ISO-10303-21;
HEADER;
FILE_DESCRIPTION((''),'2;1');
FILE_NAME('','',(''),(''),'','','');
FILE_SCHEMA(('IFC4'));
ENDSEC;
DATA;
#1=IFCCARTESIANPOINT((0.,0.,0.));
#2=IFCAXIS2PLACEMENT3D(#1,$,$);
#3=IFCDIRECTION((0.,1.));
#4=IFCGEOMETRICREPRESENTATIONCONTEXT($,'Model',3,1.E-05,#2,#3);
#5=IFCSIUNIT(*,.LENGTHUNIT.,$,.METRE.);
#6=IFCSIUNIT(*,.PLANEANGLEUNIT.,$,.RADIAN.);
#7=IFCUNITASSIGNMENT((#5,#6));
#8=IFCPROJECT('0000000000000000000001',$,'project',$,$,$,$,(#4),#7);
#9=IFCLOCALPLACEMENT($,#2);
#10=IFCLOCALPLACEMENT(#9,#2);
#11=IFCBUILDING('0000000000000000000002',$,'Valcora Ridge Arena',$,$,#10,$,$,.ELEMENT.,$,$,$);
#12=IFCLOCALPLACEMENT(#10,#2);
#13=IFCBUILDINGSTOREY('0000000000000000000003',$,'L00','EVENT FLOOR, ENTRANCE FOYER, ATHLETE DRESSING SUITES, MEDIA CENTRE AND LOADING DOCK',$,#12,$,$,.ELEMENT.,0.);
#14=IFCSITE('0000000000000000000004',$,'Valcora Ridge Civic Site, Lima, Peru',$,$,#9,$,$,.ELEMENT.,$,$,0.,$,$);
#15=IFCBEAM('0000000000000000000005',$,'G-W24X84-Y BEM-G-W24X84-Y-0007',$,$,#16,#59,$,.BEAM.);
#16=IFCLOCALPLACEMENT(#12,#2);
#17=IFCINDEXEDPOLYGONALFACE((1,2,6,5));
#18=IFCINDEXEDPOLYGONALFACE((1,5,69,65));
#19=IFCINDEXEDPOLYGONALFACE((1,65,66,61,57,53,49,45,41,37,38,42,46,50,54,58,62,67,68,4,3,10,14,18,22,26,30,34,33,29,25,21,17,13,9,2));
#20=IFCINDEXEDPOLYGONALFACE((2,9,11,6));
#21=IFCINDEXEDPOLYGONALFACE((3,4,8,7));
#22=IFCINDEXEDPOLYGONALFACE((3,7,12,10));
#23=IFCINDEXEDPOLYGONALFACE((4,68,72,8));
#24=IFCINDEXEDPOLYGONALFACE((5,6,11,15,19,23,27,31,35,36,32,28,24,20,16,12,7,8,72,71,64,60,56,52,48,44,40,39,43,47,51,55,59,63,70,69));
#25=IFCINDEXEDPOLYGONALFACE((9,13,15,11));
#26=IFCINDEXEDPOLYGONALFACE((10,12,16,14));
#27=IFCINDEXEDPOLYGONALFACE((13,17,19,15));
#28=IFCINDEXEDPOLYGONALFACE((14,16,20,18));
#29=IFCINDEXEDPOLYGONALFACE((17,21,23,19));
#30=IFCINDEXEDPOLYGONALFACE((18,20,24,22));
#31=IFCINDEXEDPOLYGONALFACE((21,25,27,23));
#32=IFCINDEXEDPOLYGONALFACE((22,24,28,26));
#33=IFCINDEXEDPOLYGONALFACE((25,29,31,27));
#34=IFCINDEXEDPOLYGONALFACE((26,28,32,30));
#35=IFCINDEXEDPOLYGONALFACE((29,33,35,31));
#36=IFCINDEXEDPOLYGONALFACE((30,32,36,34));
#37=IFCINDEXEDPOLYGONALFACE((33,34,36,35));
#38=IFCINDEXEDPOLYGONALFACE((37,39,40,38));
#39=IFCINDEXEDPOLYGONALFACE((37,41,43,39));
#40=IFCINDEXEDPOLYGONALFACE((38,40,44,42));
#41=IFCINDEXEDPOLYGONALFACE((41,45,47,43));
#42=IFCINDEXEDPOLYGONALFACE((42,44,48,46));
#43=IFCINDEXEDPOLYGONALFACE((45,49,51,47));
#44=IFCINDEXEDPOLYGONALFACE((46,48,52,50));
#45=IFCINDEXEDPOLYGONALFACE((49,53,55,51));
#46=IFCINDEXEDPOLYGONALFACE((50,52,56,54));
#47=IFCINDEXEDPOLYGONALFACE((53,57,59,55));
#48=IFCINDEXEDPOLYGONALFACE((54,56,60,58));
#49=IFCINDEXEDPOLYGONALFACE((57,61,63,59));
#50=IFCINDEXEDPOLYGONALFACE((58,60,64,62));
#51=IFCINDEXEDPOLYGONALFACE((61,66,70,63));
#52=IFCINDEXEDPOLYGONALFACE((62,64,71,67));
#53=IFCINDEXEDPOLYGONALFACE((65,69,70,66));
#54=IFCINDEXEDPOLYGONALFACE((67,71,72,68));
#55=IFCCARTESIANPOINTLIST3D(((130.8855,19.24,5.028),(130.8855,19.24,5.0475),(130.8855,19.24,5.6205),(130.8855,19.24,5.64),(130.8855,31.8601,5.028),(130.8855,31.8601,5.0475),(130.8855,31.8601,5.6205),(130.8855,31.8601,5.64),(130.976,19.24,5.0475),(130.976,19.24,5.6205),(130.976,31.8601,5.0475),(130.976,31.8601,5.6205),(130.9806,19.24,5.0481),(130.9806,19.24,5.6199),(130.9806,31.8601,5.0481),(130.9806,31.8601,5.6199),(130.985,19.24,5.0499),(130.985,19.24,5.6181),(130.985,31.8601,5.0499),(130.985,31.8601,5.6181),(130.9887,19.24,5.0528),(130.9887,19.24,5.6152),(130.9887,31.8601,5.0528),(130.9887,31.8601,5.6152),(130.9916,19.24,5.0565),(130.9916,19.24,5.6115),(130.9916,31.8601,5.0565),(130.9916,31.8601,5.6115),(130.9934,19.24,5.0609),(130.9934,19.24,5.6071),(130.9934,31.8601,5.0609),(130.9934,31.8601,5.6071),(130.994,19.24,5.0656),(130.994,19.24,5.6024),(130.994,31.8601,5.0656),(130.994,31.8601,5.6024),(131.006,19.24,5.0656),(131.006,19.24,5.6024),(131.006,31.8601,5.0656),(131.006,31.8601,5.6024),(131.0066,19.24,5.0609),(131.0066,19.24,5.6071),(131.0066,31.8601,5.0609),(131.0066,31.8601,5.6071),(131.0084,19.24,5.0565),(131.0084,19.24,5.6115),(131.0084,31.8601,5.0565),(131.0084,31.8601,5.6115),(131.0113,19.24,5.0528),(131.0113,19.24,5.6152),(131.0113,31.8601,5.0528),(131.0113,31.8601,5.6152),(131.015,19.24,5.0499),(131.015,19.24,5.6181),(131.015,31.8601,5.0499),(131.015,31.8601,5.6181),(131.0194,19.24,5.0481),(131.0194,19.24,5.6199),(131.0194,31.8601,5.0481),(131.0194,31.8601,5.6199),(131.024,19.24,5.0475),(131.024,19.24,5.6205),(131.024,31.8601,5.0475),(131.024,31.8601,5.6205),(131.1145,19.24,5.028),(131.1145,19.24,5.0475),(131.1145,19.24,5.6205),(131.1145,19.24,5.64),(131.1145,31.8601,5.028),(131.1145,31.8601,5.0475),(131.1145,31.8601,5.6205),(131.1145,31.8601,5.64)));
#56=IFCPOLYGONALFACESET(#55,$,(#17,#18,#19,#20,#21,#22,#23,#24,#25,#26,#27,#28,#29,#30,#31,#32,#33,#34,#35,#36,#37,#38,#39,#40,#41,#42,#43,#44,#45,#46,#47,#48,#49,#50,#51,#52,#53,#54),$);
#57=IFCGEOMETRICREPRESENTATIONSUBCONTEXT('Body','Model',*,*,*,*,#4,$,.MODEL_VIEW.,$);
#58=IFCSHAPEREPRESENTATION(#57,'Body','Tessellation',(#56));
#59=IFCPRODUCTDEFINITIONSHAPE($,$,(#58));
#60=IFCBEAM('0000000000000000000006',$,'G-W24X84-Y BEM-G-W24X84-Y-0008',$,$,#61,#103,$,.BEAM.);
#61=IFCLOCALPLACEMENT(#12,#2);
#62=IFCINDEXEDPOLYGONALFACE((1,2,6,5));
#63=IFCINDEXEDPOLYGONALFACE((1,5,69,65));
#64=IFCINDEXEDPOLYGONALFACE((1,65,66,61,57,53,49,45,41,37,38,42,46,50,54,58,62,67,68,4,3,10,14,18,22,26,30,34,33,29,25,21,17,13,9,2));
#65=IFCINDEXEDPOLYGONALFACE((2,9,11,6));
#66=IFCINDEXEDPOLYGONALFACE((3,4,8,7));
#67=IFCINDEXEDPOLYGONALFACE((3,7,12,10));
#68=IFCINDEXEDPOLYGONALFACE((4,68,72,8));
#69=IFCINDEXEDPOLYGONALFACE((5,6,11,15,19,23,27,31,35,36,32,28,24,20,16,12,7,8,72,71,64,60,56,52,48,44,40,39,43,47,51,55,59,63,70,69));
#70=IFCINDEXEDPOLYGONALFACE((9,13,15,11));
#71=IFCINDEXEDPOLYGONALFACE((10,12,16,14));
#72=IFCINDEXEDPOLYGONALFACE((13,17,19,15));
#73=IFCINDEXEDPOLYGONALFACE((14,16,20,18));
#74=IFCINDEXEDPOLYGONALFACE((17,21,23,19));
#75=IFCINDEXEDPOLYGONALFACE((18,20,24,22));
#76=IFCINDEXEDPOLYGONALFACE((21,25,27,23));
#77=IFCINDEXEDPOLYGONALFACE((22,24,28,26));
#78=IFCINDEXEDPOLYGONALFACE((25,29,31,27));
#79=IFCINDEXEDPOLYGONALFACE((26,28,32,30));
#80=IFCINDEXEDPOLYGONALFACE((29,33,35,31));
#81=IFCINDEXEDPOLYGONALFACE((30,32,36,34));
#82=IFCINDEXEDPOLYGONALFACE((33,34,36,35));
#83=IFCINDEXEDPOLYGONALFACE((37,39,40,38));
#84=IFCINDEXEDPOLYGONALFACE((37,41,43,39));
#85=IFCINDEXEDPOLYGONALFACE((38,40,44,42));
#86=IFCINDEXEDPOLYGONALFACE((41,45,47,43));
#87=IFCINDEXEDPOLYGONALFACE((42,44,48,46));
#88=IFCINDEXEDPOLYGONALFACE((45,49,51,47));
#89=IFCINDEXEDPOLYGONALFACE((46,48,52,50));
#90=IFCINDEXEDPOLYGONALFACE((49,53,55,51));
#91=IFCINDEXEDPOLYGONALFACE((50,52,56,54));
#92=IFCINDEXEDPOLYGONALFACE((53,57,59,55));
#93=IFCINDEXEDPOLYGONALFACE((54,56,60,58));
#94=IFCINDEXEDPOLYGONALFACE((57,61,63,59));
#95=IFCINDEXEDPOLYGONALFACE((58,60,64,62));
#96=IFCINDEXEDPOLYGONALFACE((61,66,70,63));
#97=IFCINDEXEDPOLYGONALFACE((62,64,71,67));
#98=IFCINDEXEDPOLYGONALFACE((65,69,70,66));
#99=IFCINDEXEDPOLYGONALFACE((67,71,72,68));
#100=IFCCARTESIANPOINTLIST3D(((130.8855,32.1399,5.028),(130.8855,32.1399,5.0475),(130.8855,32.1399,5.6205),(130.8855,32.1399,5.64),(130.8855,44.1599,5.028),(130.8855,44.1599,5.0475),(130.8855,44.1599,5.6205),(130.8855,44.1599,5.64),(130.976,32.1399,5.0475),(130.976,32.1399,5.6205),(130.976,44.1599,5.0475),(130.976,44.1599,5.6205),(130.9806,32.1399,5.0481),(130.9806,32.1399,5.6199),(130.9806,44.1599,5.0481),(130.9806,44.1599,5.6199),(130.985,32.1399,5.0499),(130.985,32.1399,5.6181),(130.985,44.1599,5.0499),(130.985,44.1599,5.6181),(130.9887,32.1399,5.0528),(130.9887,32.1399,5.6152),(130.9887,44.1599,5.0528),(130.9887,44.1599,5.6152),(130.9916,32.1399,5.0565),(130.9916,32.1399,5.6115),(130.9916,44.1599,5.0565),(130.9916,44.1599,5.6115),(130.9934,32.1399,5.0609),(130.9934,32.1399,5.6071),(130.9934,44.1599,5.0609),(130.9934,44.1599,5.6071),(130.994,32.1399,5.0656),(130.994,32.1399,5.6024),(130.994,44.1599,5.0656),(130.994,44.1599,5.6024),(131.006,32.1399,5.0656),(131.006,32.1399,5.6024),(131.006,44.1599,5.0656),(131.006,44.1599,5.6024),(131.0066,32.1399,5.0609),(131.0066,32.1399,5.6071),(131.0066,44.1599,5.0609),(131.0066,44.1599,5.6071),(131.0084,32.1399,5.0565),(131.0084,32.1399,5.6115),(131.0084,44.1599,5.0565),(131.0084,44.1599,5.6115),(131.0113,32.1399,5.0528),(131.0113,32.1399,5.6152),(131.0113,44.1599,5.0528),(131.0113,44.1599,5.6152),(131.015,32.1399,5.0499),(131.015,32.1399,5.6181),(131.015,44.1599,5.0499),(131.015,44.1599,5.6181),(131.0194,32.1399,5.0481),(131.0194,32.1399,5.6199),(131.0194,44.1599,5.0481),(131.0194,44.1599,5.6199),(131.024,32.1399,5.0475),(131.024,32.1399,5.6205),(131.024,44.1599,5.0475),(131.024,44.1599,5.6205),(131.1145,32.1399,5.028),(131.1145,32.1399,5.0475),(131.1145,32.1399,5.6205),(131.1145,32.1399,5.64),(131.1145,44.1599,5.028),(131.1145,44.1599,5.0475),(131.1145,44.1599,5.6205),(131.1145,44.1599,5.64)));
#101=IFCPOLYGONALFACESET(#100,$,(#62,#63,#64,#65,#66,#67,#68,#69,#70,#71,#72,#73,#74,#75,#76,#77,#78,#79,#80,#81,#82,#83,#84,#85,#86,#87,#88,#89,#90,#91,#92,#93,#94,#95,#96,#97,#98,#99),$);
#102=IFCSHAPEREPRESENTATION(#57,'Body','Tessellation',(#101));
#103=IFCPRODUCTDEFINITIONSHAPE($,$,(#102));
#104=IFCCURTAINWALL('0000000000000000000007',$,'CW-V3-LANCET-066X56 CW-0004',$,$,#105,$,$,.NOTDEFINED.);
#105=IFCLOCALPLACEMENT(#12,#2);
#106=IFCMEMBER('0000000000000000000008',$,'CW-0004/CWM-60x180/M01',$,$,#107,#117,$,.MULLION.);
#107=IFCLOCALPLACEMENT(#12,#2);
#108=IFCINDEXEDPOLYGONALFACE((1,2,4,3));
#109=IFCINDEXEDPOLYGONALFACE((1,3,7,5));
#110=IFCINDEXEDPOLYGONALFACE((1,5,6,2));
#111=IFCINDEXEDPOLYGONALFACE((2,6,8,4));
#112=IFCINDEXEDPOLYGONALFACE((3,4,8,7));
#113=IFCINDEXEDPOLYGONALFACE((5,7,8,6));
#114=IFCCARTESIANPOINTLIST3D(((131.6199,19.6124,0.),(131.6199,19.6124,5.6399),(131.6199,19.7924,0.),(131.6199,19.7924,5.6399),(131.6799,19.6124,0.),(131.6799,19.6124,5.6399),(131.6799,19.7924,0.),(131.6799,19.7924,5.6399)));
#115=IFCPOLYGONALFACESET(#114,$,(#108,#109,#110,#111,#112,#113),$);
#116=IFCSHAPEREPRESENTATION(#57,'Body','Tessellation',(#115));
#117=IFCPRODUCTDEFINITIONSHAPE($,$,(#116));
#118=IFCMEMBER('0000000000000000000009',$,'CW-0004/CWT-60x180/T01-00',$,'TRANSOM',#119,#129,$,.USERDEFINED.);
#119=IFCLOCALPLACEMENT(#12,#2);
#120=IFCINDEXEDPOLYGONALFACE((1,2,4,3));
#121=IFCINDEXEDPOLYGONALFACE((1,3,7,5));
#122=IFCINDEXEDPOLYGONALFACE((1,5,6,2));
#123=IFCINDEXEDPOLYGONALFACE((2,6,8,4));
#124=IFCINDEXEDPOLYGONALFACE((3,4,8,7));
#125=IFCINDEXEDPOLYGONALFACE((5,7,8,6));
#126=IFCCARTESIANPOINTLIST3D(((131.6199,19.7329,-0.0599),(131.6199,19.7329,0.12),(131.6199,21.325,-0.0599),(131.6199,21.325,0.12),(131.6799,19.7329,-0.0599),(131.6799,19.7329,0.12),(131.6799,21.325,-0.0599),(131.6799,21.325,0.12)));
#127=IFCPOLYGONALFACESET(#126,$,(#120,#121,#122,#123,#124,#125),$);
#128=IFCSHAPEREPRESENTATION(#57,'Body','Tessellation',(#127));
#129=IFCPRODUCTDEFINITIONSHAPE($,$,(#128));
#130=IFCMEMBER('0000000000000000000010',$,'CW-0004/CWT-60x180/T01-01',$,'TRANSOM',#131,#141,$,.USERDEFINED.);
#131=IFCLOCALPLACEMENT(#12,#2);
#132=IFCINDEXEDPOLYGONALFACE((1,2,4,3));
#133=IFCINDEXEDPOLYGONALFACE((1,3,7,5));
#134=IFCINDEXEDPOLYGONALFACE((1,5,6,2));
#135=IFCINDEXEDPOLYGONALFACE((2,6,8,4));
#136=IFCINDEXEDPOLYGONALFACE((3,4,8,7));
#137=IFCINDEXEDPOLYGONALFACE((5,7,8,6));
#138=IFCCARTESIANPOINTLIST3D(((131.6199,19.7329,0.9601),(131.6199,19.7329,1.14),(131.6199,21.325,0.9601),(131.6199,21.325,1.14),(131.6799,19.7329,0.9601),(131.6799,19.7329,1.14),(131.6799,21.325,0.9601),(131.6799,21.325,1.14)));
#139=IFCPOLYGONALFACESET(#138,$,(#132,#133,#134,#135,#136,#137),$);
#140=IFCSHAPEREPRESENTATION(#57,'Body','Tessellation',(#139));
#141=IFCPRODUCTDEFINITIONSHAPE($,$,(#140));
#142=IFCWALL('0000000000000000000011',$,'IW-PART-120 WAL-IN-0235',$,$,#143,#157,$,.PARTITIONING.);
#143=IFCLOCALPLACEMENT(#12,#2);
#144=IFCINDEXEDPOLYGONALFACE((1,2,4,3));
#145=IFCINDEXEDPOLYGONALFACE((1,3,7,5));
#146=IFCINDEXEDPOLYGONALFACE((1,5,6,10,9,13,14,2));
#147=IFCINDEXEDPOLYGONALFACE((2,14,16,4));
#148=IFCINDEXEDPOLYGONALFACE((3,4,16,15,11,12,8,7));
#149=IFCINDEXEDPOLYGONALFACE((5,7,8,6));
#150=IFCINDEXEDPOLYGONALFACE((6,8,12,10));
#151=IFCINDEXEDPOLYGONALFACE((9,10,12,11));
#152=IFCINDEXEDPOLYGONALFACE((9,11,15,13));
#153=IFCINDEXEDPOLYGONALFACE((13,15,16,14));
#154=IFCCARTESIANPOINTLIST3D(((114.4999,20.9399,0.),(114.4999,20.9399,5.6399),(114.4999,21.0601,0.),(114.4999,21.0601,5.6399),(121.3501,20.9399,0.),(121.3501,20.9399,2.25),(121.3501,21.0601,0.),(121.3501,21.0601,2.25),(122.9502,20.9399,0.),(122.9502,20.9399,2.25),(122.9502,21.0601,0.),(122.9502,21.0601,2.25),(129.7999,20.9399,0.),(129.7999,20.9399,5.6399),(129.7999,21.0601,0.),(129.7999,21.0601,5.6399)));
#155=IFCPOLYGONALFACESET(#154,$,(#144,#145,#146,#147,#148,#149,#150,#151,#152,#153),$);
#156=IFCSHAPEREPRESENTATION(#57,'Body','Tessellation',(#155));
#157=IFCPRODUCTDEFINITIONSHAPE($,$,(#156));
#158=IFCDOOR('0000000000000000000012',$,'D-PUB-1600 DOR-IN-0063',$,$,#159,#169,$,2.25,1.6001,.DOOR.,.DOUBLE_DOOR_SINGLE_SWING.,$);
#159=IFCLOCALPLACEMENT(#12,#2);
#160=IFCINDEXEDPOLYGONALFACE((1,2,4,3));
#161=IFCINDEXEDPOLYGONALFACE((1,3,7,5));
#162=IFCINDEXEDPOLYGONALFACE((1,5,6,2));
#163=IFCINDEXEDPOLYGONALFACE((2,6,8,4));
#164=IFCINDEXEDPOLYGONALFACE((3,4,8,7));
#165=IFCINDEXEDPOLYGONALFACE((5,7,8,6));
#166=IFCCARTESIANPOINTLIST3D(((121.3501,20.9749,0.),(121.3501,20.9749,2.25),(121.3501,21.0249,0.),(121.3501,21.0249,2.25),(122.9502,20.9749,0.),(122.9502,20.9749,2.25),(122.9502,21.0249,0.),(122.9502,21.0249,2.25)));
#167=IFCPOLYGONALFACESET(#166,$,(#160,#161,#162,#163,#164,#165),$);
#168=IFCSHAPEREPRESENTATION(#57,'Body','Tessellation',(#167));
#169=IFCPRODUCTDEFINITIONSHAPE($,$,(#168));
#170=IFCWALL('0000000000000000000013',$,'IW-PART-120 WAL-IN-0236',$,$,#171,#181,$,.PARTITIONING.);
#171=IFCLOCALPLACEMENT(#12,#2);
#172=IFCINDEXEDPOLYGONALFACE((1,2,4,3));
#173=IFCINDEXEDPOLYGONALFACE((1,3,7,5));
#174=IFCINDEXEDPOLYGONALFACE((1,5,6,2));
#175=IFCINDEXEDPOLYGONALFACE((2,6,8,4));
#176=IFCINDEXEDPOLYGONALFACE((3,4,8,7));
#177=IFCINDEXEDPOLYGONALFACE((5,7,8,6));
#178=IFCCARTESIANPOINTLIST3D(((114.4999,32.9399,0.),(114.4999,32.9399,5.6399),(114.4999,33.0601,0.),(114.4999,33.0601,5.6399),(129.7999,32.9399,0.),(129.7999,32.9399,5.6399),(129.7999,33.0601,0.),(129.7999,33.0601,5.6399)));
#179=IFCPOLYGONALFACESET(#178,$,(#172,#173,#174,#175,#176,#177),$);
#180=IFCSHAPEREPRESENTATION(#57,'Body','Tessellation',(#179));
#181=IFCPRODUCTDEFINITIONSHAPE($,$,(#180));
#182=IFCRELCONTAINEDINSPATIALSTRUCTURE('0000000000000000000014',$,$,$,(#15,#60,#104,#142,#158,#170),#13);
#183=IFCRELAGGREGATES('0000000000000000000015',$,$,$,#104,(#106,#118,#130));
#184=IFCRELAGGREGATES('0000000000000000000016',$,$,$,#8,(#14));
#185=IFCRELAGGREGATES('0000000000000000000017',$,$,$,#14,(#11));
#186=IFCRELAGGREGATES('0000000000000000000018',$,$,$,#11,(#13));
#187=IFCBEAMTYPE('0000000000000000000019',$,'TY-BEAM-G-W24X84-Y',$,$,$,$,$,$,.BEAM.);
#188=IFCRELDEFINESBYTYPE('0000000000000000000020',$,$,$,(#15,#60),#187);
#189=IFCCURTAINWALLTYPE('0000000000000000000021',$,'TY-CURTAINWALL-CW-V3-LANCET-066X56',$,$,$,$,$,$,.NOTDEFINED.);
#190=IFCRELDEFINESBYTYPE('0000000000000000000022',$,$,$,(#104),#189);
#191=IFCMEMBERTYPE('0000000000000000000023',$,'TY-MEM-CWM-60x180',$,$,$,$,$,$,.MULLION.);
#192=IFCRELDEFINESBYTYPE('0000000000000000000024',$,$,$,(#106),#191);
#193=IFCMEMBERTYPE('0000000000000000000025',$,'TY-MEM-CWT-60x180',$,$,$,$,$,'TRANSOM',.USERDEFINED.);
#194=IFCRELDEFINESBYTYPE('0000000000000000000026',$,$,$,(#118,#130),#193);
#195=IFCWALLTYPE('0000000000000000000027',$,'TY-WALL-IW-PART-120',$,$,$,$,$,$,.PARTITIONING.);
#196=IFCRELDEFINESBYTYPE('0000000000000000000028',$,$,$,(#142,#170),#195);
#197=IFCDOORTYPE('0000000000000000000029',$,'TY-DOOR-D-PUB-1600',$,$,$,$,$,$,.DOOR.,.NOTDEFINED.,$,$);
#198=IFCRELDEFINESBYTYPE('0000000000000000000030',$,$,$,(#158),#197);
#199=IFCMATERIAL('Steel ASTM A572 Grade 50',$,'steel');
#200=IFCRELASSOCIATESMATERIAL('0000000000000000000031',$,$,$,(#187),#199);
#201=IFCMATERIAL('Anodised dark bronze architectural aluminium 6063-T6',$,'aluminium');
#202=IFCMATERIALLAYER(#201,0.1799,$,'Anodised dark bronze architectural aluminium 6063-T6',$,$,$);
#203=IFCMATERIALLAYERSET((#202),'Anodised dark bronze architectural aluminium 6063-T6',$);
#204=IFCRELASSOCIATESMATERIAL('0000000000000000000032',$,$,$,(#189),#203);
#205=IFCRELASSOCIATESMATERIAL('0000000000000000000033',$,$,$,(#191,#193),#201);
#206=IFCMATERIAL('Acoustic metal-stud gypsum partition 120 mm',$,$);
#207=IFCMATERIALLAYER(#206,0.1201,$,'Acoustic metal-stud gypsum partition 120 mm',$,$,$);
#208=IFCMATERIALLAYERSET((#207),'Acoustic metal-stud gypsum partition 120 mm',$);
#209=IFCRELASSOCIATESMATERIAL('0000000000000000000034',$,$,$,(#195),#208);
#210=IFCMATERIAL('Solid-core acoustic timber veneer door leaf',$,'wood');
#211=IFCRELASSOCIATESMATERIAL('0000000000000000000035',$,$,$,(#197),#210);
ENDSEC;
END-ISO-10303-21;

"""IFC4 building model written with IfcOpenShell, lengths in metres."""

from ifc_helpers import new_model, si_unit, direction, frame, frame_2d, origin, origin_2d, place, context, subcontext, project, spatial, rectangle, i_section, extrude, material, layer, layer_set, material_profile, profile_set, type_object, element, fill, aggregate, save


model = new_model("IFC4")

# Units and contexts
model_context = context("Model", 3, precision=1e-05, world=origin(), true_north=direction((0.0, 1.0)))
body_context = subcontext(model_context, "Body", "Model", "MODEL_VIEW")
ifc_project = project(units=[si_unit("LENGTHUNIT", "METRE"), si_unit("PLANEANGLEUNIT", "RADIAN")], contexts=[model_context])

# Site, building, storey
site_placement = place(None, origin())
site = spatial("IfcSite", under=ifc_project, at=site_placement, Name="Valcora Ridge Civic Site, Lima, Peru", CompositionType="ELEMENT", RefElevation=0.0)
building_placement = place(site_placement, origin())
building = spatial("IfcBuilding", under=site, at=building_placement, Name="Valcora Ridge Arena", CompositionType="ELEMENT")
storey_placement = place(building_placement, origin())
storey = spatial("IfcBuildingStorey", under=building, at=storey_placement, Name="L00", Description="EVENT FLOOR, ENTRANCE FOYER, ATHLETE DRESSING SUITES, MEDIA CENTRE AND LOADING DOCK", CompositionType="ELEMENT", Elevation=0.0)

# Shared definitions
ifc_material_1 = material(Name="Steel ASTM A572 Grade 50", Category="steel")

# Beams
ifc_material_profile_1 = material_profile(ifc_material_1, i_section(OverallWidth=0.229, OverallDepth=0.6121, WebThickness=0.012, FlangeThickness=0.0195, FilletRadius=0.0181, at=origin_2d()), Name="W24X84")
ifc_profile_set_1 = profile_set([ifc_material_profile_1], Name="Steel ASTM A572 Grade 50")
beam_type = type_object("IfcBeamType", Name="TY-BEAM-G-W24X84-Y", PredefinedType="BEAM", material=ifc_profile_set_1)
beam_1_placement = place(storey_placement, frame((131.0, 19.24, 5.334), z_axis=(0.0, 1.0, 0.0), x_axis=(-1.0, 0.0, 0.0)))
element("IfcBeam", 1, at=beam_1_placement, inside=storey, type_object=beam_type, Name="G-W24X84-Y BEM-G-W24X84-Y-0007", PredefinedType="BEAM", context=body_context, shape_type="SweptSolid", body=[
    extrude(i_section(OverallWidth=0.229, OverallDepth=0.6121, WebThickness=0.012, FlangeThickness=0.0195, FilletRadius=0.0181, at=origin_2d()), origin(), (0.0, 0.0, 1.0), 12.6201),
])
beam_2_placement = place(storey_placement, frame((131.0, 32.1399, 5.334), z_axis=(0.0, 1.0, 0.0), x_axis=(-1.0, 0.0, 0.0)))
element("IfcBeam", 2, at=beam_2_placement, inside=storey, type_object=beam_type, Name="G-W24X84-Y BEM-G-W24X84-Y-0008", PredefinedType="BEAM", context=body_context, shape_type="SweptSolid", body=[
    extrude(i_section(OverallWidth=0.229, OverallDepth=0.6121, WebThickness=0.012, FlangeThickness=0.0195, FilletRadius=0.0181, at=origin_2d()), origin(), (0.0, 0.0, 1.0), 12.02),
])

# Curtain wall, members
ifc_material_2 = material(Name="Anodised dark bronze architectural aluminium 6063-T6", Category="aluminium")
ifc_layer_1 = layer(ifc_material_2, 0.1799, Name="Anodised dark bronze architectural aluminium 6063-T6")
ifc_layer_set_1 = layer_set([ifc_layer_1], Name="Anodised dark bronze architectural aluminium 6063-T6")
curtain_wall_type = type_object("IfcCurtainWallType", Name="TY-CURTAINWALL-CW-V3-LANCET-066X56", PredefinedType="NOTDEFINED", material=ifc_layer_set_1)
curtain_wall_placement = place(storey_placement, origin())
curtain_wall = element("IfcCurtainWall", 3, at=curtain_wall_placement, inside=storey, type_object=curtain_wall_type, Name="CW-V3-LANCET-066X56 CW-0004", PredefinedType="NOTDEFINED")
ifc_material_profile_2 = material_profile(ifc_material_2, rectangle(XDim=0.0601, YDim=0.1799, at=origin_2d()), Name="ALU MULLION 60x180")
ifc_profile_set_2 = profile_set([ifc_material_profile_2], Name="Anodised dark bronze architectural aluminium 6063-T6")
member_type_1 = type_object("IfcMemberType", Name="TY-MEM-CWM-60x180", PredefinedType="MULLION", material=ifc_profile_set_2)
member_1_placement = place(storey_placement, frame((131.6499, 19.7024, 0.0), z_axis=(0.0, 0.0, 1.0), x_axis=(-1.0, 0.0, 0.0)))
member_1 = element("IfcMember", 4, at=member_1_placement, type_object=member_type_1, Name="CW-0004/CWM-60x180/M01", PredefinedType="MULLION", context=body_context, shape_type="SweptSolid", body=[
    extrude(rectangle(XDim=0.0601, YDim=0.1799, at=origin_2d()), origin(), (0.0, 0.0, 1.0), 5.6399),
])
ifc_material_profile_3 = material_profile(ifc_material_2, rectangle(XDim=0.0601, YDim=0.1799, at=origin_2d()), Name="ALU TRANSOM 60x180")
ifc_profile_set_3 = profile_set([ifc_material_profile_3], Name="Anodised dark bronze architectural aluminium 6063-T6")
member_type_2 = type_object("IfcMemberType", Name="TY-MEM-CWT-60x180", ElementType="TRANSOM", PredefinedType="USERDEFINED", material=ifc_profile_set_3)
member_2_placement = place(storey_placement, frame((131.6499, 19.7329, 0.03), z_axis=(0.0, 1.0, 0.0), x_axis=(-1.0, 0.0, 0.0)))
member_2 = element("IfcMember", 5, at=member_2_placement, type_object=member_type_2, Name="CW-0004/CWT-60x180/T01-00", ObjectType="TRANSOM", PredefinedType="USERDEFINED", context=body_context, shape_type="SweptSolid", body=[
    extrude(rectangle(XDim=0.0601, YDim=0.1799, at=origin_2d()), origin(), (0.0, 0.0, 1.0), 1.592),
])
member_3_placement = place(storey_placement, frame((131.6499, 19.7329, 1.05), z_axis=(0.0, 1.0, 0.0), x_axis=(-1.0, 0.0, 0.0)))
member_3 = element("IfcMember", 6, at=member_3_placement, type_object=member_type_2, Name="CW-0004/CWT-60x180/T01-01", ObjectType="TRANSOM", PredefinedType="USERDEFINED", context=body_context, shape_type="SweptSolid", body=[
    extrude(rectangle(XDim=0.0601, YDim=0.1799, at=origin_2d()), origin(), (0.0, 0.0, 1.0), 1.592),
])
aggregate(curtain_wall, [member_1, member_2, member_3])

# Wall, opening, door
ifc_material_3 = material(Name="Acoustic metal-stud gypsum partition 120 mm")
ifc_layer_2 = layer(ifc_material_3, 0.1201, Name="Acoustic metal-stud gypsum partition 120 mm")
ifc_layer_set_2 = layer_set([ifc_layer_2], Name="Acoustic metal-stud gypsum partition 120 mm")
wall_type = type_object("IfcWallType", Name="TY-WALL-IW-PART-120", PredefinedType="PARTITIONING", material=ifc_layer_set_2)
wall_1_placement = place(storey_placement, frame((114.5, 21.0, 0.0), z_axis=(0.0, 0.0, 1.0), x_axis=(1.0, 0.0, 0.0)))
wall_1 = element("IfcWall", 7, at=wall_1_placement, inside=storey, type_object=wall_type, Name="IW-PART-120 WAL-IN-0235", PredefinedType="PARTITIONING", context=body_context, shape_type="SweptSolid", body=[
    extrude(rectangle(XDim=15.3, YDim=0.1201, at=frame_2d((7.6499, 0.0))), origin(), (0.0, 0.0, 1.0), 5.6399),
])
opening_placement = place(wall_1_placement, frame((6.8501, 0.0, 0.0)))
opening = element("IfcOpeningElement", 8, at=opening_placement, cuts=wall_1, PredefinedType="OPENING", context=body_context, shape_type="SweptSolid", body=[
    extrude(rectangle(XDim=1.6001, YDim=2.25, at=frame_2d((0.8, 1.125))), frame((0.0, 0.0701, 0.0), z_axis=(0.0, -1.0, 0.0), x_axis=(1.0, 0.0, 0.0)), (0.0, 0.0, 1.0), 0.1401),
])
ifc_material_4 = material(Name="Solid-core acoustic timber veneer door leaf", Category="wood")
door_type = type_object("IfcDoorType", Name="TY-DOOR-D-PUB-1600", OperationType="NOTDEFINED", PredefinedType="DOOR", material=ifc_material_4)
door_placement = place(opening_placement, origin())
door = element("IfcDoor", 9, at=door_placement, inside=storey, type_object=door_type, Name="D-PUB-1600 DOR-IN-0063", OperationType="DOUBLE_DOOR_SINGLE_SWING", OverallHeight=2.25, OverallWidth=1.6001, PredefinedType="DOOR", context=body_context, shape_type="SweptSolid", body=[
    extrude(rectangle(XDim=1.6001, YDim=2.25, at=frame_2d((0.8, 1.125))), frame((0.0, 0.0249, 0.0), z_axis=(0.0, -1.0, 0.0), x_axis=(1.0, 0.0, 0.0)), (0.0, 0.0, 1.0), 0.05),
])
fill(opening, door)

# Wall
wall_2_placement = place(storey_placement, frame((114.5, 33.0, 0.0), z_axis=(0.0, 0.0, 1.0), x_axis=(1.0, 0.0, 0.0)))
element("IfcWall", 10, at=wall_2_placement, inside=storey, type_object=wall_type, Name="IW-PART-120 WAL-IN-0236", PredefinedType="PARTITIONING", context=body_context, shape_type="SweptSolid", body=[
    extrude(rectangle(XDim=15.3, YDim=0.1201, at=frame_2d((7.6499, 0.0))), origin(), (0.0, 0.0, 1.0), 5.6399),
])

save(model, "model.ifc")
